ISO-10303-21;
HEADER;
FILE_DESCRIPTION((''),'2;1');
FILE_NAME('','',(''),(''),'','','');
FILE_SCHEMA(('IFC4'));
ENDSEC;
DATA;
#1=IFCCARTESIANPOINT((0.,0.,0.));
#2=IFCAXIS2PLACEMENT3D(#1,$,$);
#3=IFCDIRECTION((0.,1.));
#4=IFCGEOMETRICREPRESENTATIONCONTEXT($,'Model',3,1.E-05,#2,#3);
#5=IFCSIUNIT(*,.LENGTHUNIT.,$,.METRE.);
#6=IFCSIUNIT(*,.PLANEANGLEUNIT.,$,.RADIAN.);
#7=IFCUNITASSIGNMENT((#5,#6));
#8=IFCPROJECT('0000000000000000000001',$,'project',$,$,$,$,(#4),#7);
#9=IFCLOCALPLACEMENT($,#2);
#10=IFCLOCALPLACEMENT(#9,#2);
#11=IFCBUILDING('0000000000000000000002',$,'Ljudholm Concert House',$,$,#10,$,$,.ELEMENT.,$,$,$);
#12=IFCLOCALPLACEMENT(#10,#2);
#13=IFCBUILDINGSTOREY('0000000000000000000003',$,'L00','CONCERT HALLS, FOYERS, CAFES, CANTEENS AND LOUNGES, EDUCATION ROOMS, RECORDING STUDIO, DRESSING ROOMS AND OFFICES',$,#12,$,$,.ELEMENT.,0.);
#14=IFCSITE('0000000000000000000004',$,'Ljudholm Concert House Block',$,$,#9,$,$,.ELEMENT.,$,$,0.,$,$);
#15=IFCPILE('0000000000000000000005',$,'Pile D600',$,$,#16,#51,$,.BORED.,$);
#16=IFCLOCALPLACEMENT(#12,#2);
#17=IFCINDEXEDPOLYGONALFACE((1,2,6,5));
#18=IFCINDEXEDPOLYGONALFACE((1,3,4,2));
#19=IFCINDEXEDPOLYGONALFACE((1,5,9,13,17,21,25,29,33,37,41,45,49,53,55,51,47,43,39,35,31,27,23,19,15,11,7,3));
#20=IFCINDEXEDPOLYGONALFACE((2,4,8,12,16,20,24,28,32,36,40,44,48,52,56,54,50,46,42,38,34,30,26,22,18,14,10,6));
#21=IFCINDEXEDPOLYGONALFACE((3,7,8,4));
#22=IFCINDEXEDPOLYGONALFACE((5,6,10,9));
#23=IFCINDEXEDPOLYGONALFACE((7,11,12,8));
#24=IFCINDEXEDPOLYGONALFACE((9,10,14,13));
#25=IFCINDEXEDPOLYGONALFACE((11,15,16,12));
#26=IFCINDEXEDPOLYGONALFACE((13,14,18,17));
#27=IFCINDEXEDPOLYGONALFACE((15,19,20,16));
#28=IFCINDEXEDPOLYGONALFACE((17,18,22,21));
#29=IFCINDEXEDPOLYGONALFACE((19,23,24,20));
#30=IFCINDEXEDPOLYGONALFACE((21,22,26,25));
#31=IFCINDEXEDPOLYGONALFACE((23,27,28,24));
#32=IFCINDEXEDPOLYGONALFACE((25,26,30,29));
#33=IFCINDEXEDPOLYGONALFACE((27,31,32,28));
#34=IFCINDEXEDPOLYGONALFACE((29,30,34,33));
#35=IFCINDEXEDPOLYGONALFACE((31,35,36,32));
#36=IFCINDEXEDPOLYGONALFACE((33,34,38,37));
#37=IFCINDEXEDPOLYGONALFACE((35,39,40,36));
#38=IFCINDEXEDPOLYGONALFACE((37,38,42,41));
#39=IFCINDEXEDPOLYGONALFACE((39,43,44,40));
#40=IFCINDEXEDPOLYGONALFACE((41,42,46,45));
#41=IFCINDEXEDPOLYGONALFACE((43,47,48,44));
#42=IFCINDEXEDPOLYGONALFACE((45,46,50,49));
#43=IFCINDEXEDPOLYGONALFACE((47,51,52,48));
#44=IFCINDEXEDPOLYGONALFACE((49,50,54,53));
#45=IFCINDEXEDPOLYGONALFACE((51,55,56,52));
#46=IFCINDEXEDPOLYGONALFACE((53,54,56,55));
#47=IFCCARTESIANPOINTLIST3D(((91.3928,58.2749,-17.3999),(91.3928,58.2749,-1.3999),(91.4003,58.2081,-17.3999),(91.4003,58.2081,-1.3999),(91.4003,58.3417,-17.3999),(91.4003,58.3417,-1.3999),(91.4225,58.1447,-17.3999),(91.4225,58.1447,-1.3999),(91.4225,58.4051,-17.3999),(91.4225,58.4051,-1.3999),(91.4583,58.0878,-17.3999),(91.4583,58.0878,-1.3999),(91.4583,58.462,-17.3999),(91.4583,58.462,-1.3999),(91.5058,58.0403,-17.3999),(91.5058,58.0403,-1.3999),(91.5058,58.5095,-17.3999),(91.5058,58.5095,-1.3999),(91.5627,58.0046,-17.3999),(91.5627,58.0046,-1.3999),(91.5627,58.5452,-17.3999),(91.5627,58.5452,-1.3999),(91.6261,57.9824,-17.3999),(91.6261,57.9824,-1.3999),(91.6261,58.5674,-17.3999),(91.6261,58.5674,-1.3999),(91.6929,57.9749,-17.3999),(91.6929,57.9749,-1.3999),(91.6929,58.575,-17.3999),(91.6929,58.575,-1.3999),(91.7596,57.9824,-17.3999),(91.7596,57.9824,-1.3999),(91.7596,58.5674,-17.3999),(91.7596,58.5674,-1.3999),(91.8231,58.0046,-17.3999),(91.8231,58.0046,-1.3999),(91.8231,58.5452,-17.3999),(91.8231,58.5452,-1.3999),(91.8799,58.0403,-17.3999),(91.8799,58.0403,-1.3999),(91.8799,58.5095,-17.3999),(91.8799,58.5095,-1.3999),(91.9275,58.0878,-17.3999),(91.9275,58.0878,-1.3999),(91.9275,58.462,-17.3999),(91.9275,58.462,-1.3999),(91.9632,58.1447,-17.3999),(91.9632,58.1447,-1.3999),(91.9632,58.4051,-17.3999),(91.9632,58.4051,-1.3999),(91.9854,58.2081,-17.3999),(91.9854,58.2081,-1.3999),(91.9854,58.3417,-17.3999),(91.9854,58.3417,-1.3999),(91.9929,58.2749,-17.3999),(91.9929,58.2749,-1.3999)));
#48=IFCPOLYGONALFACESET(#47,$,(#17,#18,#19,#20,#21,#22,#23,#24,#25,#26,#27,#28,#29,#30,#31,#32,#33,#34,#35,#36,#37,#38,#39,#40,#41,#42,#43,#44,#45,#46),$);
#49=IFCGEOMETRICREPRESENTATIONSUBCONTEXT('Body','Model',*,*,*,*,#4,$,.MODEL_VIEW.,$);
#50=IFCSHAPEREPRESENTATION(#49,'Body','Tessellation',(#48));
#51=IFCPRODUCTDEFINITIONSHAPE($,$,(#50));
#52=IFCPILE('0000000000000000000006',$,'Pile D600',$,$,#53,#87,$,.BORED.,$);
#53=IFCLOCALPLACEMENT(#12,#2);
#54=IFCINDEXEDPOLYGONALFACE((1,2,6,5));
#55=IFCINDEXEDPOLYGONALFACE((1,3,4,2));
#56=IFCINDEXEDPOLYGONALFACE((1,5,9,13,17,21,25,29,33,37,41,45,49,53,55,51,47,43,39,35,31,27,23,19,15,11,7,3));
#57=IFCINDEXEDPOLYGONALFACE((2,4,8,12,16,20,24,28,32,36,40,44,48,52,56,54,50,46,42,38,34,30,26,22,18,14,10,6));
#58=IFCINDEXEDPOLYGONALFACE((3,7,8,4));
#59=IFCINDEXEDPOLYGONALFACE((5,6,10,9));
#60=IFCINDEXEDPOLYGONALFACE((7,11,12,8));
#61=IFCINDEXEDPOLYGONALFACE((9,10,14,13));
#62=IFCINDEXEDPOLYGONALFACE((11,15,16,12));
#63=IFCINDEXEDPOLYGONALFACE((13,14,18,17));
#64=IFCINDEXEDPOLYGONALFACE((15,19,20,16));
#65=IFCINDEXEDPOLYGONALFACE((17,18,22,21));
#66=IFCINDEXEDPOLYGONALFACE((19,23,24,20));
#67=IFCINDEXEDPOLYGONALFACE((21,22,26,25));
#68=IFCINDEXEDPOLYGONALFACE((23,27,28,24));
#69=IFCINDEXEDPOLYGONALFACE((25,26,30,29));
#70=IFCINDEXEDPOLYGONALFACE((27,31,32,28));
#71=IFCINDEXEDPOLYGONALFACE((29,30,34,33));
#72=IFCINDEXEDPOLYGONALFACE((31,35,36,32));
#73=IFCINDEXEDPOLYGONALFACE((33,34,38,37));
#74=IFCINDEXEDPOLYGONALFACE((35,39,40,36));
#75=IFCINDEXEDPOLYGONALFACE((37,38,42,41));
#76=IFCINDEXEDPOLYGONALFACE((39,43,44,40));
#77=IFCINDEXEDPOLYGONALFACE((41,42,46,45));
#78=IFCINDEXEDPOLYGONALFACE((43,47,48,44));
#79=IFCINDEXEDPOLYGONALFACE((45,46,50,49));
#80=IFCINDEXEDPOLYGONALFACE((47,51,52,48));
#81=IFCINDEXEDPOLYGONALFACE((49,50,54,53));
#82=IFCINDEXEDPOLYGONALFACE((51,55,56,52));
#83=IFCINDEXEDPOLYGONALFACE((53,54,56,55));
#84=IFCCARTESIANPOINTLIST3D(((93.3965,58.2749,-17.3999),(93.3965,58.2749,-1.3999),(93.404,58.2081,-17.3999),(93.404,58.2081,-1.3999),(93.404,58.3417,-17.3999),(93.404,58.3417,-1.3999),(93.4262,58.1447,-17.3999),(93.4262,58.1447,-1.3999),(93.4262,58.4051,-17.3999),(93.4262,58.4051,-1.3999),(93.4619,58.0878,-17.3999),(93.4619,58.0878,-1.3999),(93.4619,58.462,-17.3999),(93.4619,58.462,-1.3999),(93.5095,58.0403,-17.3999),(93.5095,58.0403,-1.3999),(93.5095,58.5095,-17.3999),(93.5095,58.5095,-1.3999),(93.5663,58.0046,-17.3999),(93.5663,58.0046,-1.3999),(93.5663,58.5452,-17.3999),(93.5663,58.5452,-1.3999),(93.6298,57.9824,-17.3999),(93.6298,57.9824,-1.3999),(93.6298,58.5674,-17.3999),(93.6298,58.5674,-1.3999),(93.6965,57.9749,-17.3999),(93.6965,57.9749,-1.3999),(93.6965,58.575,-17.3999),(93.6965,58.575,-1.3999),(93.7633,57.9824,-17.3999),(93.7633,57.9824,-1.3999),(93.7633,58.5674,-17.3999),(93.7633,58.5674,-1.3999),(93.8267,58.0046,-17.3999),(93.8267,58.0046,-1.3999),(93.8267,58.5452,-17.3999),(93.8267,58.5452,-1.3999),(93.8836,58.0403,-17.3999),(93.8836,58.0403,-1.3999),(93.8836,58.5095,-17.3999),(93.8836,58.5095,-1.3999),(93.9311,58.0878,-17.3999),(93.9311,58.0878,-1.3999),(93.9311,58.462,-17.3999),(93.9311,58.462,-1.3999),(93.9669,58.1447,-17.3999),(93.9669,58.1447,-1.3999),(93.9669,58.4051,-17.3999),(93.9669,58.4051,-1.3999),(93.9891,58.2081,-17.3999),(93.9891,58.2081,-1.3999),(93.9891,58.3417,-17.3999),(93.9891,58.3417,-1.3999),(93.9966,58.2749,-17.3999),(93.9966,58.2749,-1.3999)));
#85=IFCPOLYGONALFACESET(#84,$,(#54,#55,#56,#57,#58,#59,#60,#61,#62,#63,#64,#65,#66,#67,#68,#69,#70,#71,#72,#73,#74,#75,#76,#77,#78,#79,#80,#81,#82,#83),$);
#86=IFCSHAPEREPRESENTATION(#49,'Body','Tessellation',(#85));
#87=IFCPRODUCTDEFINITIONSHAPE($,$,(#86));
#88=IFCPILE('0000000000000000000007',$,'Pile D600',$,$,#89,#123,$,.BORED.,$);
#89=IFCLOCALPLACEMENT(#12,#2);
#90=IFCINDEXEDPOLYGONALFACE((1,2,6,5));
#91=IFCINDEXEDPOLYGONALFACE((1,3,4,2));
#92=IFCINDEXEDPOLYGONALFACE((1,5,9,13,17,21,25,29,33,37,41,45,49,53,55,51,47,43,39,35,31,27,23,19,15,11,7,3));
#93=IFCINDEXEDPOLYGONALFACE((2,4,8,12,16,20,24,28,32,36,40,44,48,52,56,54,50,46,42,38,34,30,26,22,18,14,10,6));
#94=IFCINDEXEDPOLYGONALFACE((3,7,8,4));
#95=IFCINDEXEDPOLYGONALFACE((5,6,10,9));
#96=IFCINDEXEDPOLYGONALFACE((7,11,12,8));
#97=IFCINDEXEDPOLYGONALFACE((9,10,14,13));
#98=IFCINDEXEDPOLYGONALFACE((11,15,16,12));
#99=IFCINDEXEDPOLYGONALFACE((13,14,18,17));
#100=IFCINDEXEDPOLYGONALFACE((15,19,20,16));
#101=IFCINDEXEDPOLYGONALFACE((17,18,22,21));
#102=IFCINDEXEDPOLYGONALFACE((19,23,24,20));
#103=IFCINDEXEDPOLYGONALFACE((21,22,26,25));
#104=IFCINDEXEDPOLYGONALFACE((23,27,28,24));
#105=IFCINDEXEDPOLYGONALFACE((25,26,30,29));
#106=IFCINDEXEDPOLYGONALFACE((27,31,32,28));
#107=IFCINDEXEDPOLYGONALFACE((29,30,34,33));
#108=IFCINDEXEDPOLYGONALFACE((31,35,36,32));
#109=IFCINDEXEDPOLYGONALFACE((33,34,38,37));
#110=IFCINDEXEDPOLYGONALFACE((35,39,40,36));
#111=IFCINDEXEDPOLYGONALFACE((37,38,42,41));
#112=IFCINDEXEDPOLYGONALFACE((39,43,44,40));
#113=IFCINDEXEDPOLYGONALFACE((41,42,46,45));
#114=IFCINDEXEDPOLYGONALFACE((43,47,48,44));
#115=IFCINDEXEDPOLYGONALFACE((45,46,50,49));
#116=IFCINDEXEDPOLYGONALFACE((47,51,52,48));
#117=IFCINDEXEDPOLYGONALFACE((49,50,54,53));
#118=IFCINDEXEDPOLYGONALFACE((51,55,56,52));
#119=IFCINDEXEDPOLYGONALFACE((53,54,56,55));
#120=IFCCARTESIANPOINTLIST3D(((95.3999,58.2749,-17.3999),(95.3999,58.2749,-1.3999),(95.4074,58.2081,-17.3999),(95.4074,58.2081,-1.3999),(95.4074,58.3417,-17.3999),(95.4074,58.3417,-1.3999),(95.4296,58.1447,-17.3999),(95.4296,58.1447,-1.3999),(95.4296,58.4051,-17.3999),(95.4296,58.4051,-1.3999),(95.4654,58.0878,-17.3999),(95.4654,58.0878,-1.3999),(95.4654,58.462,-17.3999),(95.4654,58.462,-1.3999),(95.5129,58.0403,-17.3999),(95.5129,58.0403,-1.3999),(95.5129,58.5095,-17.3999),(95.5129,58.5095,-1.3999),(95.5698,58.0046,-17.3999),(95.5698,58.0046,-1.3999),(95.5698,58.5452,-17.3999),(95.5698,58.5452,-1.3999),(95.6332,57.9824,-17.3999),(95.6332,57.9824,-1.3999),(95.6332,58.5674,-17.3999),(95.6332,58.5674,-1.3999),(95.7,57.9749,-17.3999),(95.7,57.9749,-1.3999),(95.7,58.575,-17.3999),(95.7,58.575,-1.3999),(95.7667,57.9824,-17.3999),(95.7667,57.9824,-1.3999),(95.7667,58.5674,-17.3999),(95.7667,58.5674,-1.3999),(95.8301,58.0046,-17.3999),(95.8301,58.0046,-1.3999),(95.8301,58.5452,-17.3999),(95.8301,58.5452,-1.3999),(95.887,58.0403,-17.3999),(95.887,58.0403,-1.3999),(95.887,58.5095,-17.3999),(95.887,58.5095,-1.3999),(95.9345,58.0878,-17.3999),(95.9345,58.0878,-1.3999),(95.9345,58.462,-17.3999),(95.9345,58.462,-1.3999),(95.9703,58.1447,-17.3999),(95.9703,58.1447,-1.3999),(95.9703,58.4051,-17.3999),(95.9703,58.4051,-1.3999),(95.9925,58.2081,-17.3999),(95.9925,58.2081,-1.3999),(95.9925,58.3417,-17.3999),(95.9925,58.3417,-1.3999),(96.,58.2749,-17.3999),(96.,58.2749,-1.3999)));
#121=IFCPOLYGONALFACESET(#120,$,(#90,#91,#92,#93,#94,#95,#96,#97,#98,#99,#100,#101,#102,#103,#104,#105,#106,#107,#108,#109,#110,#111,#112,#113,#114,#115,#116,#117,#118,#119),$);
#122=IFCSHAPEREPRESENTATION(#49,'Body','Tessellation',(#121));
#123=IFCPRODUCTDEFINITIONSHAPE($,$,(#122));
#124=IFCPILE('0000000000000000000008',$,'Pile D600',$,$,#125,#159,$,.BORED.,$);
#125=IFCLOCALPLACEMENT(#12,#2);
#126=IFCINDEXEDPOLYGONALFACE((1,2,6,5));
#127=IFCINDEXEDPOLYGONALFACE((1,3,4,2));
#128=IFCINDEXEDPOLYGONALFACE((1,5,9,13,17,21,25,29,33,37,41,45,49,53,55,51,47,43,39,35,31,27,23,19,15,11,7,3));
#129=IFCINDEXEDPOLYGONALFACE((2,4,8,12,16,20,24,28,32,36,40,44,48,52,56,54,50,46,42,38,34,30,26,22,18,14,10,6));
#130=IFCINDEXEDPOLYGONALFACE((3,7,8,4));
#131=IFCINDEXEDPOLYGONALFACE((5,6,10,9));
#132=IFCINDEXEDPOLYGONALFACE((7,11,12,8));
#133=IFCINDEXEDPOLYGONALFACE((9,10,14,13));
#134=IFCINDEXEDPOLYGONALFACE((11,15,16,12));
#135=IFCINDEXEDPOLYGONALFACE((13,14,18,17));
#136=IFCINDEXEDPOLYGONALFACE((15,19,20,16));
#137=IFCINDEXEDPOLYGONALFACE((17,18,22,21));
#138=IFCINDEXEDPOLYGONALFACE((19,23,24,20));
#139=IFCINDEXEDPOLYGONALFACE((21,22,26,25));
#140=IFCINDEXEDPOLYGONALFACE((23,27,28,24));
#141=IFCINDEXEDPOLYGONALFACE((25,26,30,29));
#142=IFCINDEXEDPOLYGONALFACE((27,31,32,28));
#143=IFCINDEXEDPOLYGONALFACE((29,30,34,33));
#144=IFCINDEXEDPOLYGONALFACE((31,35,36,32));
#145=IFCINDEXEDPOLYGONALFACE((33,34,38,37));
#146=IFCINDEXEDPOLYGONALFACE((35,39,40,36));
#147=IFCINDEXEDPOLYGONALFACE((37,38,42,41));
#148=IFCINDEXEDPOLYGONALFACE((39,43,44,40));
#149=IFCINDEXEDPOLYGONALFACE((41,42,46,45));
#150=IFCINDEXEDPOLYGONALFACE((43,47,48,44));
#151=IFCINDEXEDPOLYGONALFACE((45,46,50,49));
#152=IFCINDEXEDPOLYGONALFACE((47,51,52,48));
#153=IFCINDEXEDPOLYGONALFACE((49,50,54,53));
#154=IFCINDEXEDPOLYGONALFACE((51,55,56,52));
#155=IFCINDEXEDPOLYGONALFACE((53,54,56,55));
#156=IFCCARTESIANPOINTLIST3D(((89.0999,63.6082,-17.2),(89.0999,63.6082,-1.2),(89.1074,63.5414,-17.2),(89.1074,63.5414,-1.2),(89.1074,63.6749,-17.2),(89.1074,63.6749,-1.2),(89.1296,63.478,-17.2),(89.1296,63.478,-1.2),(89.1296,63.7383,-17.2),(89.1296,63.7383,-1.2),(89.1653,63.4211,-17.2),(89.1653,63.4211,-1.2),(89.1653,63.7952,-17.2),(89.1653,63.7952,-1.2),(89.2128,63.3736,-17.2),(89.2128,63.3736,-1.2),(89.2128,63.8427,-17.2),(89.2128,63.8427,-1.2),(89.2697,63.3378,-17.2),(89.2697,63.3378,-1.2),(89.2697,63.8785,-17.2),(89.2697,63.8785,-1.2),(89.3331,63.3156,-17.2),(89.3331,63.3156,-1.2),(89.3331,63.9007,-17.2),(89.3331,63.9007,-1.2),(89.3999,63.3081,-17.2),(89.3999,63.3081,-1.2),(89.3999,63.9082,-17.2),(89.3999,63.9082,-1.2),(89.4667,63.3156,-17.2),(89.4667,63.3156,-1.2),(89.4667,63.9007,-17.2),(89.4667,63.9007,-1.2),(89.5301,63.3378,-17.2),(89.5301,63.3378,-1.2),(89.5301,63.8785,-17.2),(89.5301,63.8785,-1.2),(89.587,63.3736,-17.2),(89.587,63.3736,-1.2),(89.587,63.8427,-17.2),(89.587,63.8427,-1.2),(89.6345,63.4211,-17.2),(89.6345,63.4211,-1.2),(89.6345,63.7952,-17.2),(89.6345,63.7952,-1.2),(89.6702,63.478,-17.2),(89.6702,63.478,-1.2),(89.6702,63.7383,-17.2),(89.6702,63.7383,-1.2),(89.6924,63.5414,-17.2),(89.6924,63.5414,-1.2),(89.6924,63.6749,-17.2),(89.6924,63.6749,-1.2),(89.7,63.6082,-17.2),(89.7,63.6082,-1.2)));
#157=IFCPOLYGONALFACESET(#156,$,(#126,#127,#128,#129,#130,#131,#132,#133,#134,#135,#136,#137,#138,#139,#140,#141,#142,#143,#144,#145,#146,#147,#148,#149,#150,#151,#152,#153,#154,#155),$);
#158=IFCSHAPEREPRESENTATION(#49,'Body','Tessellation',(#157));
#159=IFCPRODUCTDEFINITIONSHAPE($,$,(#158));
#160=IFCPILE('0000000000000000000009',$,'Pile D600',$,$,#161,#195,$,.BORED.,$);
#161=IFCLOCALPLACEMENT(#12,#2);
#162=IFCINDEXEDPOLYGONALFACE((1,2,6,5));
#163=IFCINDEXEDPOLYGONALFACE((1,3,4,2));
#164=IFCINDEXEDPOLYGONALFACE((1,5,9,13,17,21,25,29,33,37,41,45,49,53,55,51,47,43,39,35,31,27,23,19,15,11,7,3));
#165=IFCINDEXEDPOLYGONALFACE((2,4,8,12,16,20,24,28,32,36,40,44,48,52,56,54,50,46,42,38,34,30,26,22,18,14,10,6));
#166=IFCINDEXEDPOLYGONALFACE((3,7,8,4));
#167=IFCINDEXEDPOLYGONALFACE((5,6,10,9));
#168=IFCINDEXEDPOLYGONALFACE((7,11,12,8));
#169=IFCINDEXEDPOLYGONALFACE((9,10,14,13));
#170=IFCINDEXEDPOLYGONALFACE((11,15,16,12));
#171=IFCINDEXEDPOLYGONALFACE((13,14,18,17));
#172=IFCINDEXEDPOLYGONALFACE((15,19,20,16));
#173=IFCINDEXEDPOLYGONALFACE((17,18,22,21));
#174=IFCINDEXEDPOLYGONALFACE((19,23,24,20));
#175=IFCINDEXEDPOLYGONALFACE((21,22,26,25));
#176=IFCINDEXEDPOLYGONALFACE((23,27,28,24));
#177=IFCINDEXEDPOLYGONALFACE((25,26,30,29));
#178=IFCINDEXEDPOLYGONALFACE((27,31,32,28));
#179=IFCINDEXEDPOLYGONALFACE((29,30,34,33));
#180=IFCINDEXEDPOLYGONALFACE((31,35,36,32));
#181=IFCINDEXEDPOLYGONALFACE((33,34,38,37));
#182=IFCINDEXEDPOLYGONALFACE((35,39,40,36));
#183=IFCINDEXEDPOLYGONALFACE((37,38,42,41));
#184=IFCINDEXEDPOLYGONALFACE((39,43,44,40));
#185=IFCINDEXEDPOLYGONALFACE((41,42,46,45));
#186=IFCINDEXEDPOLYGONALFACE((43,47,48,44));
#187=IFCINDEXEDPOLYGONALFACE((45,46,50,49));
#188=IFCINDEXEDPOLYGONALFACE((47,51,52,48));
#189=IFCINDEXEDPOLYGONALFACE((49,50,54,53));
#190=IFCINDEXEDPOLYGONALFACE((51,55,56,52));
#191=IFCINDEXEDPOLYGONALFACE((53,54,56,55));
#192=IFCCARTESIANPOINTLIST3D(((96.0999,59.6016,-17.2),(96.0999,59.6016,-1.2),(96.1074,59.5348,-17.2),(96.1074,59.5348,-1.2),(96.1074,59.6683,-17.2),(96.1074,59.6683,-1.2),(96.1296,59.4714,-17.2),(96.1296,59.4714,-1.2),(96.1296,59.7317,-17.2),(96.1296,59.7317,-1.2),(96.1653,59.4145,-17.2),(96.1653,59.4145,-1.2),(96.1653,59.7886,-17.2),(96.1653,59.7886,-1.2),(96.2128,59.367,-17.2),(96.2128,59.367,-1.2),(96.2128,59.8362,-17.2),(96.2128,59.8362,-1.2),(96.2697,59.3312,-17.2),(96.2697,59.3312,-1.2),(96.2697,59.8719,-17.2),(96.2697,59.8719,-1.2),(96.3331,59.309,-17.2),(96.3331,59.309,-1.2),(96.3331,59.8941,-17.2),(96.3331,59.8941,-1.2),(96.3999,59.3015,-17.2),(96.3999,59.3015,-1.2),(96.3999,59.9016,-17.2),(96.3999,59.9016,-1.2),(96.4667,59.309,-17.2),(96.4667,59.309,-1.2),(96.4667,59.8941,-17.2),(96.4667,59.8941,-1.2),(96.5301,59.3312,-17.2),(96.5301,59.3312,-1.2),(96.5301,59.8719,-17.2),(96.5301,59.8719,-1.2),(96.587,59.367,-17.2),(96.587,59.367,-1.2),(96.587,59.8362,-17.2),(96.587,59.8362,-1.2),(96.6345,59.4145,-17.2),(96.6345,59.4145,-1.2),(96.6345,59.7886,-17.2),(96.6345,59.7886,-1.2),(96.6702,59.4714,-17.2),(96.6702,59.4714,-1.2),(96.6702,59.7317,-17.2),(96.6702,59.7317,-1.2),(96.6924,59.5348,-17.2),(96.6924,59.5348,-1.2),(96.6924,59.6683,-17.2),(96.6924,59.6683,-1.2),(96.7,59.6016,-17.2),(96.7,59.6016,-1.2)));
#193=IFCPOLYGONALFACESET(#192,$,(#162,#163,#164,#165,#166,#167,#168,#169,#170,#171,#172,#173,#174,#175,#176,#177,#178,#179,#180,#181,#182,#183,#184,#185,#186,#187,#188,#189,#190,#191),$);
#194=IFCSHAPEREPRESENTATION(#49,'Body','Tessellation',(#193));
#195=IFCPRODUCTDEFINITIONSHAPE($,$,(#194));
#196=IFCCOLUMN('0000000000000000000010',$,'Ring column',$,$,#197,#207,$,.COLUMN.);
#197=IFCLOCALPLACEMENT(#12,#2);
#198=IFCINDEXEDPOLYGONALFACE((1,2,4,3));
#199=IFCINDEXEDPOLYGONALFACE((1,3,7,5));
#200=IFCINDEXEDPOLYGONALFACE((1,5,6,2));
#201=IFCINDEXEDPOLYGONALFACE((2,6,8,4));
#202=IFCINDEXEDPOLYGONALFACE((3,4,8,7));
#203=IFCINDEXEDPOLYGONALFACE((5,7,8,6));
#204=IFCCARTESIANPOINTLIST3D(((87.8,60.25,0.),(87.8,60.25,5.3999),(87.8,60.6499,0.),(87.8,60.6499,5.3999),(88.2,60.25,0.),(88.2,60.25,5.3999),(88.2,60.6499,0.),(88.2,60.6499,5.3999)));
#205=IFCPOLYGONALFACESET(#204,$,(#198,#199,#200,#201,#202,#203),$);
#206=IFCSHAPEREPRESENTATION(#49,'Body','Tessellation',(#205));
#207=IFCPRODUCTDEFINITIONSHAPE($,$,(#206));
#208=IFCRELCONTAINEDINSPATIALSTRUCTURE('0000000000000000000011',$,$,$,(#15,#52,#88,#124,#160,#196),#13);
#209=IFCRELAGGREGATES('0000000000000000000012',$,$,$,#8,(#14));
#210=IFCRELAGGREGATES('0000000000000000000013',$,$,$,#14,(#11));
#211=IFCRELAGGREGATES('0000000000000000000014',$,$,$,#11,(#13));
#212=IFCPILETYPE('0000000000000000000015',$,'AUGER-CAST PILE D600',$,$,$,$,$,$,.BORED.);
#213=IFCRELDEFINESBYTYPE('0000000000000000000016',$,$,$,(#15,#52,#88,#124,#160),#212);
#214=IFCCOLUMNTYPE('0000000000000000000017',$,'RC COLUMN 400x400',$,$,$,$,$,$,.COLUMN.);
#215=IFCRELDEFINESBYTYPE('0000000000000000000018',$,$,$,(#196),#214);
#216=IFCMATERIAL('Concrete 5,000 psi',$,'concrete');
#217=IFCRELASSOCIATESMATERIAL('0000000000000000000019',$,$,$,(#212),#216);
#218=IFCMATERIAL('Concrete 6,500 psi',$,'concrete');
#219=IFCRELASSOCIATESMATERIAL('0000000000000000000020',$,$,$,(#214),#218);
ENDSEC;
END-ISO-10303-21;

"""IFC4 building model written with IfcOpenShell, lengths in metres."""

from ifc_helpers import new_model, si_unit, direction, frame, origin, origin_2d, place, context, subcontext, project, spatial, rectangle, circle, extrude, material, material_profile, profile_set, type_object, element, save


model = new_model("IFC4")

# Units and contexts
model_context = context("Model", 3, precision=1e-05, world=origin(), true_north=direction((0.0, 1.0)))
body_context = subcontext(model_context, "Body", "Model", "MODEL_VIEW")
ifc_project = project(units=[si_unit("LENGTHUNIT", "METRE"), si_unit("PLANEANGLEUNIT", "RADIAN")], contexts=[model_context])

# Site, building, storey
site_placement = place(None, origin())
site = spatial("IfcSite", under=ifc_project, at=site_placement, Name="Ljudholm Concert House Block", CompositionType="ELEMENT", RefElevation=0.0)
building_placement = place(site_placement, origin())
building = spatial("IfcBuilding", under=site, at=building_placement, Name="Ljudholm Concert House", CompositionType="ELEMENT")
storey_placement = place(building_placement, origin())
storey = spatial("IfcBuildingStorey", under=building, at=storey_placement, Name="L00", Description="CONCERT HALLS, FOYERS, CAFES, CANTEENS AND LOUNGES, EDUCATION ROOMS, RECORDING STUDIO, DRESSING ROOMS AND OFFICES", CompositionType="ELEMENT", Elevation=0.0)

# Piles
ifc_material_1 = material(Name="Concrete 5,000 psi", Category="concrete")
ifc_material_profile_1 = material_profile(ifc_material_1, circle(Radius=0.3, at=origin_2d()), Name="AUGER-CAST PILE D600")
ifc_profile_set_1 = profile_set([ifc_material_profile_1], Name="Concrete 5,000 psi")
pile_type = type_object("IfcPileType", Name="AUGER-CAST PILE D600", PredefinedType="BORED", material=ifc_profile_set_1)
for number, where, z_axis, x_axis, name in (
    (1, (91.6929, 58.2749, -1.3999), (0.0, 0.0, -1.0), (1.0, 0.0, 0.0), "Pile D600"),
    (2, (93.6965, 58.2749, -1.3999), (0.0, 0.0, -1.0), (1.0, 0.0, 0.0), "Pile D600"),
    (3, (95.7, 58.2749, -1.3999), (0.0, 0.0, -1.0), (1.0, 0.0, 0.0), "Pile D600"),
    (4, (89.3999, 63.6082, -1.2), (0.0, 0.0, -1.0), (1.0, 0.0, 0.0), "Pile D600"),
    (5, (96.3999, 59.6016, -1.2), (0.0, 0.0, -1.0), (1.0, 0.0, 0.0), "Pile D600"),
):
    element("IfcPile", number, at=place(storey_placement, frame(where, z_axis=z_axis, x_axis=x_axis)), inside=storey, type_object=pile_type, Name=name, PredefinedType="BORED", context=body_context, shape_type="SweptSolid", body=[
        extrude(circle(Radius=0.3, at=origin_2d()), origin(), (0.0, 0.0, 1.0), 16.0),
    ])

# Column
ifc_material_2 = material(Name="Concrete 6,500 psi", Category="concrete")
ifc_material_profile_2 = material_profile(ifc_material_2, rectangle(XDim=0.3999, YDim=0.3999, at=origin_2d()), Name="RC COLUMN 400x400")
ifc_profile_set_2 = profile_set([ifc_material_profile_2], Name="Concrete 6,500 psi")
column_type = type_object("IfcColumnType", Name="RC COLUMN 400x400", PredefinedType="COLUMN", material=ifc_profile_set_2)
for number, where, z_axis, x_axis, name in (
    (6, (88.0, 60.45, 0.0), (0.0, 0.0, 1.0), (1.0, 0.0, 0.0), "Ring column"),
):
    element("IfcColumn", number, at=place(storey_placement, frame(where, z_axis=z_axis, x_axis=x_axis)), inside=storey, type_object=column_type, Name=name, PredefinedType="COLUMN", context=body_context, shape_type="SweptSolid", body=[
        extrude(rectangle(XDim=0.3999, YDim=0.3999, at=origin_2d()), origin(), (0.0, 0.0, 1.0), 5.3999),
    ])

save(model, "model.ifc")
